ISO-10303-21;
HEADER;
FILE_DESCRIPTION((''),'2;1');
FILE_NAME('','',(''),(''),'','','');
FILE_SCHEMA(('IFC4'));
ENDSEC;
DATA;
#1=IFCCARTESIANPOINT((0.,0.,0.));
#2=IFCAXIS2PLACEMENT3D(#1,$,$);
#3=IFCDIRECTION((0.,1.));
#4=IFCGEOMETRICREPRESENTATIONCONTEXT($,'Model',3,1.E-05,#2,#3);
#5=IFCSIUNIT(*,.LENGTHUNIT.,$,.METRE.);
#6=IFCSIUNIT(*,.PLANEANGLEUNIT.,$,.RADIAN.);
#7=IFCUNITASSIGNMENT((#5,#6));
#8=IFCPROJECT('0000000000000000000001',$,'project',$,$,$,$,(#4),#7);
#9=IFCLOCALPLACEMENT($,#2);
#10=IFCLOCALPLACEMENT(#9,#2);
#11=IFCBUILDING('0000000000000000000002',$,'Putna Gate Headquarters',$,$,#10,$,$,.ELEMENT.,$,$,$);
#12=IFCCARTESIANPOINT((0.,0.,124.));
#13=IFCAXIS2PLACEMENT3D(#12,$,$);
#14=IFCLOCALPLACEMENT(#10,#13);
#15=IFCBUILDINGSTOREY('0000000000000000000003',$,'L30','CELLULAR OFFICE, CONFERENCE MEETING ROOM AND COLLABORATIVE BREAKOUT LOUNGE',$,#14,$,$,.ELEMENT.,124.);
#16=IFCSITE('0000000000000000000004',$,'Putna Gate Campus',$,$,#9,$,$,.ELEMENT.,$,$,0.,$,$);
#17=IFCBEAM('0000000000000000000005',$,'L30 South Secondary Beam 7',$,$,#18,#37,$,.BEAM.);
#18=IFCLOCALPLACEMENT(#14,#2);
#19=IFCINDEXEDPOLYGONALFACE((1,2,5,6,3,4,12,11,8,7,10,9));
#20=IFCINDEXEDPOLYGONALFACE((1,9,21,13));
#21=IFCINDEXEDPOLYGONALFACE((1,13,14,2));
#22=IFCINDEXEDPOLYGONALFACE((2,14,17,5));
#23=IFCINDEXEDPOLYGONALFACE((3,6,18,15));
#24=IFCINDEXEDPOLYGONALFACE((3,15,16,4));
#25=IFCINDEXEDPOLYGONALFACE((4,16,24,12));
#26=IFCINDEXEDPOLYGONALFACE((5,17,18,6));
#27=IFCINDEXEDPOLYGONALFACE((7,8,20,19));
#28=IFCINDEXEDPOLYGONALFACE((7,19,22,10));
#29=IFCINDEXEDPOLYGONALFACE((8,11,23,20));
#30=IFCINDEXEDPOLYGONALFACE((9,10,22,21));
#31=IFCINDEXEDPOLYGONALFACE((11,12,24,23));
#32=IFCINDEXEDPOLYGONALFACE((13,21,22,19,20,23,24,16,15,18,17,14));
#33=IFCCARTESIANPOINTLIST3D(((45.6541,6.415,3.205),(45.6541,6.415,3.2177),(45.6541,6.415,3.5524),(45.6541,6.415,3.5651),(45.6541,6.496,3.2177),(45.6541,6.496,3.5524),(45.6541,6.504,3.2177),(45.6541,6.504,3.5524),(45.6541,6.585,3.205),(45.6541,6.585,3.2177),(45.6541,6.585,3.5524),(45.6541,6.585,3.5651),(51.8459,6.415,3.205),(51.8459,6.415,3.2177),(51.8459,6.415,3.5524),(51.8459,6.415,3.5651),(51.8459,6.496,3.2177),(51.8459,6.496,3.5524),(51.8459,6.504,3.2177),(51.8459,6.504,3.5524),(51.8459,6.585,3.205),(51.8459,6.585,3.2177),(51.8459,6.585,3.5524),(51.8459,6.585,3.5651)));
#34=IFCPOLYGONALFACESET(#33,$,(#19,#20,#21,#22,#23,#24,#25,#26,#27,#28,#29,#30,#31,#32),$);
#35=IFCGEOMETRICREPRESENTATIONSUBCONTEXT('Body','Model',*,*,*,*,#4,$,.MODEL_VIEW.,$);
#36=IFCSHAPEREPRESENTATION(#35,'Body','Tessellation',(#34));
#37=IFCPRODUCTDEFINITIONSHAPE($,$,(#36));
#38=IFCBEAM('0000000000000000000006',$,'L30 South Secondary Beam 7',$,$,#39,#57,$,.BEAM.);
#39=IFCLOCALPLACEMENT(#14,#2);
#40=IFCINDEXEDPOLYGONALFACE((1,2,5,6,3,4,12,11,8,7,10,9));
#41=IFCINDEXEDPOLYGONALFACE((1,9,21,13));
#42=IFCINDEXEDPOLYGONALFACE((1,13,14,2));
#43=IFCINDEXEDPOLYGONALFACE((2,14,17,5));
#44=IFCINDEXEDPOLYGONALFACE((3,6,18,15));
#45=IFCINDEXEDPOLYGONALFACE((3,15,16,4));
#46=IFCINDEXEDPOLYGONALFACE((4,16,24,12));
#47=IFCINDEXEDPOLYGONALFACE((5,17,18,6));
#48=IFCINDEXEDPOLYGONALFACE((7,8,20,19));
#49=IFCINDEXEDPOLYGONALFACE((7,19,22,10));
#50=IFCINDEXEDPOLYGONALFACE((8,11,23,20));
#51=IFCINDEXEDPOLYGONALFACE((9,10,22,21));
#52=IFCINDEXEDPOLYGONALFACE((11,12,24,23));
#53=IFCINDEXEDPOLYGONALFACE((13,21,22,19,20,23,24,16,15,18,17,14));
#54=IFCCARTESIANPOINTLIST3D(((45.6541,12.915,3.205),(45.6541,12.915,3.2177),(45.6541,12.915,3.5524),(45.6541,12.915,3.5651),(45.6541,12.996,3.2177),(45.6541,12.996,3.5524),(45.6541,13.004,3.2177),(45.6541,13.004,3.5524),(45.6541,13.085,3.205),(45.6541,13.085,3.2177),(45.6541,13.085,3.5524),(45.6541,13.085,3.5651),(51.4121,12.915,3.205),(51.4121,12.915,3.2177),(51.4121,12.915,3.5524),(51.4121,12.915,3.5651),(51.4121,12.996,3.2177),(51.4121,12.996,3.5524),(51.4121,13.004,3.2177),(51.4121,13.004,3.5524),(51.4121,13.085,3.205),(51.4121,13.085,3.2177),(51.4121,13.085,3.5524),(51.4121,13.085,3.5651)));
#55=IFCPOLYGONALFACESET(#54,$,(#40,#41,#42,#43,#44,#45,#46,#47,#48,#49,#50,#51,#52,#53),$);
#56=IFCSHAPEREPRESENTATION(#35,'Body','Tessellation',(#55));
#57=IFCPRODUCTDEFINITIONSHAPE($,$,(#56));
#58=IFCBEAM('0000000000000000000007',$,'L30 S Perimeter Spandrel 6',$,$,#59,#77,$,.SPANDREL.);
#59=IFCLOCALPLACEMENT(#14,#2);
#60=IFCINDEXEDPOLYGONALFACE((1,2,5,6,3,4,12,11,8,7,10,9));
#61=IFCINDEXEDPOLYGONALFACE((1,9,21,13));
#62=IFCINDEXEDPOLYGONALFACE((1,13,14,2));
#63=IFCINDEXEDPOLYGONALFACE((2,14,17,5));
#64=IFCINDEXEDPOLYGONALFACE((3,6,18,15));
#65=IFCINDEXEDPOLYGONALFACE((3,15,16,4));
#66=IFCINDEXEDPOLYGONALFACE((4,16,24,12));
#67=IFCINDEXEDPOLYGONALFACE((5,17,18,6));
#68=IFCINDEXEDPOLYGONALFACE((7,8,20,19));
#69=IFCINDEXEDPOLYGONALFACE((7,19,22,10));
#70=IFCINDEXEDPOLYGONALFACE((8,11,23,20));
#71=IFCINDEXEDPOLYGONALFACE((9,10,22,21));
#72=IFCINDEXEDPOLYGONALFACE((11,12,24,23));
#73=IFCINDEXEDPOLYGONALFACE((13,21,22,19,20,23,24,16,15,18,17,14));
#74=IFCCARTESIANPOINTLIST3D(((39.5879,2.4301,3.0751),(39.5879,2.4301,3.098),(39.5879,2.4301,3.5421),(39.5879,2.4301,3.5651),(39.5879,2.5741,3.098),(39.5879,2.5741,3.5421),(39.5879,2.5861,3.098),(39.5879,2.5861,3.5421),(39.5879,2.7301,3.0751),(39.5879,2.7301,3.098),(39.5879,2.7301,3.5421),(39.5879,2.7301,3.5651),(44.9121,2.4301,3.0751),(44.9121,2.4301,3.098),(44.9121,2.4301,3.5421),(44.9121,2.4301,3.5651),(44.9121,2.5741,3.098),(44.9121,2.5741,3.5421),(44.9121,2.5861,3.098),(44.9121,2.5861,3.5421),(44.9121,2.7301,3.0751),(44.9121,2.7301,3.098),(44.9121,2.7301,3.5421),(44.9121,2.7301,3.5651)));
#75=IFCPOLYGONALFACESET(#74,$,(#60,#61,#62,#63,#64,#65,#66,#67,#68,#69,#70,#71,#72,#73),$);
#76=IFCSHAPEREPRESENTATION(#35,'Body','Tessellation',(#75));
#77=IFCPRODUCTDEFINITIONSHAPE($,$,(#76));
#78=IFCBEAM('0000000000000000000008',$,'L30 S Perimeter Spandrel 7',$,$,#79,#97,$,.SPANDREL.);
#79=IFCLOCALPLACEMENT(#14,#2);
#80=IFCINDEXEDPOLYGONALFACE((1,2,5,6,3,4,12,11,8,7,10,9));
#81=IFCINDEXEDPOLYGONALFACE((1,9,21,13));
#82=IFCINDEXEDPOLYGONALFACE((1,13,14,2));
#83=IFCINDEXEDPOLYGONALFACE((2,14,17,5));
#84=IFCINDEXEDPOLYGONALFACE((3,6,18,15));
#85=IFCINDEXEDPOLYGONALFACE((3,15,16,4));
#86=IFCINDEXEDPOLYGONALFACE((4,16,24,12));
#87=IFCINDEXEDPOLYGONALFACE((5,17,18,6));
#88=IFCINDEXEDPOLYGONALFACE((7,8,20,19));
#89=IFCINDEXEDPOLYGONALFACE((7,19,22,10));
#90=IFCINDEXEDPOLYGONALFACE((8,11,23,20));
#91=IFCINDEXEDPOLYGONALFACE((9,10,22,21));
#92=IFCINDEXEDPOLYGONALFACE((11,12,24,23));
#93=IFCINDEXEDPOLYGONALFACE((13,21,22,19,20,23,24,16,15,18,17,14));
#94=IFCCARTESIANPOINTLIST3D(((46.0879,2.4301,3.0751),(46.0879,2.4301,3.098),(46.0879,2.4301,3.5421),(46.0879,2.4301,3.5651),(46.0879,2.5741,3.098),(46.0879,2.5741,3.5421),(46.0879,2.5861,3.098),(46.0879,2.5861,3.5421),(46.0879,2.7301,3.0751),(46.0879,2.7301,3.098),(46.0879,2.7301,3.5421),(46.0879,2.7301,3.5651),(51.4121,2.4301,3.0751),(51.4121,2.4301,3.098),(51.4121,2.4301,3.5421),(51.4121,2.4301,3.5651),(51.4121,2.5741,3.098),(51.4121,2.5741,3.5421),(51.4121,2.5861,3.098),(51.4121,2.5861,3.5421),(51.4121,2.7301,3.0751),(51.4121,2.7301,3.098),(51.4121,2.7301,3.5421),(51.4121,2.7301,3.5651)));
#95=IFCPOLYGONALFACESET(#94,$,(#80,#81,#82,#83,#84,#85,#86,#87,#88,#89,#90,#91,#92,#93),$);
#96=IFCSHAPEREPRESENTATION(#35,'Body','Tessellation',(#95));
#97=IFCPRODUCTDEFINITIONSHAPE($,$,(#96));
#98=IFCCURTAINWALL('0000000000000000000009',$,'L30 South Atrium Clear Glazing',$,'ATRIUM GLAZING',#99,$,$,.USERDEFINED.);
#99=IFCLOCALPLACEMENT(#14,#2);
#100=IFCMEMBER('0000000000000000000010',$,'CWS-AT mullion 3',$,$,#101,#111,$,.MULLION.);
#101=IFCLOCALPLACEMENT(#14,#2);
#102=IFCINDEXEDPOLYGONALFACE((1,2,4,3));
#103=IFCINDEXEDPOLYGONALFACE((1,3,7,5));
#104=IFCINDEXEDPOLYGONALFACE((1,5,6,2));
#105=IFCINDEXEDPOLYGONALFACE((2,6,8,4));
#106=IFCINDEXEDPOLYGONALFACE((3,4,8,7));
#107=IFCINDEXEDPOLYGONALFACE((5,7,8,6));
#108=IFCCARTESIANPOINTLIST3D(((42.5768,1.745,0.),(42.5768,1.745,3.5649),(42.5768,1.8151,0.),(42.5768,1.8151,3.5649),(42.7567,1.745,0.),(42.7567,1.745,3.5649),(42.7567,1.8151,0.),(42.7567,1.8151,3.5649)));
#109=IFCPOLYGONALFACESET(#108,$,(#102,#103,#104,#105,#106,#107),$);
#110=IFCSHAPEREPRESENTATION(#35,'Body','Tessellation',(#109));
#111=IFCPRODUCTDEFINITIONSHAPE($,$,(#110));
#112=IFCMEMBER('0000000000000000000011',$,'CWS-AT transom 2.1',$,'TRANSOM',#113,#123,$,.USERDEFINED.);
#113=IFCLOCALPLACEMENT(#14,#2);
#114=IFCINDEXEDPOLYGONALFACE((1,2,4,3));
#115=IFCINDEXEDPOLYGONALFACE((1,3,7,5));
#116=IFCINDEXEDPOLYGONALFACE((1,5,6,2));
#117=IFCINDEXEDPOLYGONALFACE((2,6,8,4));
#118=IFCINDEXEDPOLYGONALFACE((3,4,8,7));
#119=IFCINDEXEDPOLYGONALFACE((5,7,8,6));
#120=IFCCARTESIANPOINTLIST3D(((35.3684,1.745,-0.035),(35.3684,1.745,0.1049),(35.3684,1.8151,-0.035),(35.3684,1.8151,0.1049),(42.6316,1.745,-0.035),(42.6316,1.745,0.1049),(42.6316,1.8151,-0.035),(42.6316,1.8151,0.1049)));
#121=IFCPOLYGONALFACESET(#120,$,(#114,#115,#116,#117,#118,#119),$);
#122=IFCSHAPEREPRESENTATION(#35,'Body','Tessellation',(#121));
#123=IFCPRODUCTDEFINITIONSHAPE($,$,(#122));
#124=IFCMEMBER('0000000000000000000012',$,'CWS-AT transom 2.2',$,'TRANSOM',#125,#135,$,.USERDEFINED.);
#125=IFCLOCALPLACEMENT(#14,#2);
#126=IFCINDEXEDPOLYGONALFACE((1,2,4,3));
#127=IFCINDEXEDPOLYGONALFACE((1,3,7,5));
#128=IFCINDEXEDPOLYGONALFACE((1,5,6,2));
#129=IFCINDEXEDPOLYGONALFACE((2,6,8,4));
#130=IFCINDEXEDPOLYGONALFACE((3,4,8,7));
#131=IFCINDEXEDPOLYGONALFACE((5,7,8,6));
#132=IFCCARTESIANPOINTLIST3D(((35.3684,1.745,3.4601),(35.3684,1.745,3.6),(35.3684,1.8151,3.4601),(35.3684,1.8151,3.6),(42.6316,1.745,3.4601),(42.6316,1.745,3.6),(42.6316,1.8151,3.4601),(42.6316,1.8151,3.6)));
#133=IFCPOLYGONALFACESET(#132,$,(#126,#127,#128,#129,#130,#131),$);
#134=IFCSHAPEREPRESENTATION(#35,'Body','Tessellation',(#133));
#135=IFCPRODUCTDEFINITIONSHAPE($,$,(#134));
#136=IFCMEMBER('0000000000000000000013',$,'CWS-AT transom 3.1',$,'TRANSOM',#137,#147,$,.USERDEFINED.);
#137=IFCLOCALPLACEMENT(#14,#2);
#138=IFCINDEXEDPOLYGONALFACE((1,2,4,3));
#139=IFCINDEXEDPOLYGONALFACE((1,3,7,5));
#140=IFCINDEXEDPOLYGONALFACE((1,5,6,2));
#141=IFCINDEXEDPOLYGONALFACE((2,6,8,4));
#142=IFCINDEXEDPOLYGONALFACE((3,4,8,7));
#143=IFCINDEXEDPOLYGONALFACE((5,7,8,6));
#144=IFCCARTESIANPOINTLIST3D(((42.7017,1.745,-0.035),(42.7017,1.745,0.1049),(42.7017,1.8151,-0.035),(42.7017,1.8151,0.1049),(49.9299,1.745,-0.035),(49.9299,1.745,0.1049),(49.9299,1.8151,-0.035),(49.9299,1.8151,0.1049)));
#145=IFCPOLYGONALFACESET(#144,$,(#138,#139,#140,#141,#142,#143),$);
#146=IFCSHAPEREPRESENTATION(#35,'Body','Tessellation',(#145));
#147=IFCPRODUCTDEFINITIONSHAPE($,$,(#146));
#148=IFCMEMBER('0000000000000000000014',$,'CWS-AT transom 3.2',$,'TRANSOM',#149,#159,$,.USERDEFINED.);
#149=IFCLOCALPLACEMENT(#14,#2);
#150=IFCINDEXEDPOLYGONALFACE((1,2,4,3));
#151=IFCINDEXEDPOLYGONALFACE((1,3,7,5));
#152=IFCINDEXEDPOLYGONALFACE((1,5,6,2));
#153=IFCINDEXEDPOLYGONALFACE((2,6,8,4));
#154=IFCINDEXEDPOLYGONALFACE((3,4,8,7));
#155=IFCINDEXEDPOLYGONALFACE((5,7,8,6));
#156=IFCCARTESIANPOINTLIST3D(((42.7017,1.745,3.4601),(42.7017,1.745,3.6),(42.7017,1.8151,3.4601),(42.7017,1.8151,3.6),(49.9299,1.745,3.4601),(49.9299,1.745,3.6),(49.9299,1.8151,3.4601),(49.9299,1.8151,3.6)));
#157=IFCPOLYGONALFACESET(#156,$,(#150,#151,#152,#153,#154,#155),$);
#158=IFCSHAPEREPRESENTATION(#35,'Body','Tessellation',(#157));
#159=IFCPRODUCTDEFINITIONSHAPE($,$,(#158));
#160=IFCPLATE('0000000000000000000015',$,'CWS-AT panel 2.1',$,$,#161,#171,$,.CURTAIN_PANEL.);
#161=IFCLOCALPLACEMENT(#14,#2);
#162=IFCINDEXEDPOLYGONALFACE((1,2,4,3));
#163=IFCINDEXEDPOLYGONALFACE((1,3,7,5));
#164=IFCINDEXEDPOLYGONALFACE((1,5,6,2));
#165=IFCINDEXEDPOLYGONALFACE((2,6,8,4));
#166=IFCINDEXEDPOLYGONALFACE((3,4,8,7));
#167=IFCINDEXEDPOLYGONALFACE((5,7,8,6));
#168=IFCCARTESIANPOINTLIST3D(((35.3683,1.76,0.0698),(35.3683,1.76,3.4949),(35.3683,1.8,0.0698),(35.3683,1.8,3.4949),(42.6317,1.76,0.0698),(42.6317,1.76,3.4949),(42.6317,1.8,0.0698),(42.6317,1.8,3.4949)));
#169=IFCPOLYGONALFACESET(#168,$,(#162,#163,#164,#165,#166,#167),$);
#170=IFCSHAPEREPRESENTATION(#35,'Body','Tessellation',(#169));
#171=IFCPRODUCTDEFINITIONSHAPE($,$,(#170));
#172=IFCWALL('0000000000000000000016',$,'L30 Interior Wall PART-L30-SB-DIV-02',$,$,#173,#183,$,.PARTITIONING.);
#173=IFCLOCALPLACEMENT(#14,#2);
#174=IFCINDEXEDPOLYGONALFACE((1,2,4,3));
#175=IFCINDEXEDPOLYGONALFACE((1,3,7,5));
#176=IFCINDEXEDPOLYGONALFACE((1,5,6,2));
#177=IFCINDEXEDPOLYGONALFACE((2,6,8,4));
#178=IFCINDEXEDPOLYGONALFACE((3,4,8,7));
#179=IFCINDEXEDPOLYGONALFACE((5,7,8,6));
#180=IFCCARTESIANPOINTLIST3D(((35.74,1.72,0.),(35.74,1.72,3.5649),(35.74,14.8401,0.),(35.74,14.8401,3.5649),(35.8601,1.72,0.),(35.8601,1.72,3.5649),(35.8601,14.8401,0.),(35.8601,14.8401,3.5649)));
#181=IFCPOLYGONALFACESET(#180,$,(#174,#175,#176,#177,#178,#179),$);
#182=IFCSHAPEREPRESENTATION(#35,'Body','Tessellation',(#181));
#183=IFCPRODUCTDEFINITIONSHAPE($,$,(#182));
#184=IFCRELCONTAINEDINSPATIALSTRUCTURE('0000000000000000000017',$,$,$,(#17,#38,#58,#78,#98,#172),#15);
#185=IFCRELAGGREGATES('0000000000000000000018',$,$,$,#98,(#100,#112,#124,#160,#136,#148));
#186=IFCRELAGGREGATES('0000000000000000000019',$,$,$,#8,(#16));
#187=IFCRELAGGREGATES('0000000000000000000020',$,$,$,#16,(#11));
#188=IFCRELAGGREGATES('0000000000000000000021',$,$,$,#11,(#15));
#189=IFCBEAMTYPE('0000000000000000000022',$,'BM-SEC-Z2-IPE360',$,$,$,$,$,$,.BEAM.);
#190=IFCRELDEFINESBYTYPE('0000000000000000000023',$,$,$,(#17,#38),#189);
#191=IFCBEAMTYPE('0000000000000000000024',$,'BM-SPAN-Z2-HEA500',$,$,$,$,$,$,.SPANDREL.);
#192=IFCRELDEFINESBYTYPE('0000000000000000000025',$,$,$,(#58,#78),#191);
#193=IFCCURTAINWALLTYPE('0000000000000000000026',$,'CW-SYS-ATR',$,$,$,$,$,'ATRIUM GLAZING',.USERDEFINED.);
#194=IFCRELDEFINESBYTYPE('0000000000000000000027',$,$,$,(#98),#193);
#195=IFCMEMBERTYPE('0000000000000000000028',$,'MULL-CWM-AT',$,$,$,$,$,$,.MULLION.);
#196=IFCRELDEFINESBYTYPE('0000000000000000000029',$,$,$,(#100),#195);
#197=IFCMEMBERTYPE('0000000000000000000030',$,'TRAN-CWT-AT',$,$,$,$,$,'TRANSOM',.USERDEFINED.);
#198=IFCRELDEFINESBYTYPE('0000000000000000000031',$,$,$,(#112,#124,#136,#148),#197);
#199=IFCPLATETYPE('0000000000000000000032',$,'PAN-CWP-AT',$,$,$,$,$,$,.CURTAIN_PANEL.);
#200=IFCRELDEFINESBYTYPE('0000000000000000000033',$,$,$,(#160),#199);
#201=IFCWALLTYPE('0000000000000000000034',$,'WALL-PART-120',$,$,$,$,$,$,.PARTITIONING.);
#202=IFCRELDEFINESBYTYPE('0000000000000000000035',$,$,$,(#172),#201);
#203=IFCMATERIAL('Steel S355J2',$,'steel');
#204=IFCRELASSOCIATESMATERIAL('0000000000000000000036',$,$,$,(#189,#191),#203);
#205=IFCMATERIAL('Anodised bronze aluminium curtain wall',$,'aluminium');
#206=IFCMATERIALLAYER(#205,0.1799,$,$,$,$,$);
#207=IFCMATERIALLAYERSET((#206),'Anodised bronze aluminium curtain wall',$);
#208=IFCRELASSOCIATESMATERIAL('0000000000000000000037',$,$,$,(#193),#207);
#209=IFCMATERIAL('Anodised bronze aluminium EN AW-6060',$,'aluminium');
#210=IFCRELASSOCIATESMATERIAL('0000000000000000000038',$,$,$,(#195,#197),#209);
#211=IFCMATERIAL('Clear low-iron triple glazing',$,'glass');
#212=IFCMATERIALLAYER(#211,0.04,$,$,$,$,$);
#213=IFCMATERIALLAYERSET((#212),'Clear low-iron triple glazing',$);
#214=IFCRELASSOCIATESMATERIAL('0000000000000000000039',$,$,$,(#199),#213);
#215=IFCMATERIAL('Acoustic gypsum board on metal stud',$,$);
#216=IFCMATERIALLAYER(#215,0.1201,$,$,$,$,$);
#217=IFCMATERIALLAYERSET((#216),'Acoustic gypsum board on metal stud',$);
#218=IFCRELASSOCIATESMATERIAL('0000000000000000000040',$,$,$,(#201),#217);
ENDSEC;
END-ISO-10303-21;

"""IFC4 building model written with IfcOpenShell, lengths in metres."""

from ifc_helpers import new_model, si_unit, direction, frame, frame_2d, origin, origin_2d, place, context, subcontext, project, spatial, rectangle, i_section, extrude, material, layer, layer_set, material_profile, profile_set, type_object, element, aggregate, save


model = new_model("IFC4")

# Units and contexts
model_context = context("Model", 3, precision=1e-05, world=origin(), true_north=direction((0.0, 1.0)))
body_context = subcontext(model_context, "Body", "Model", "MODEL_VIEW")
ifc_project = project(units=[si_unit("LENGTHUNIT", "METRE"), si_unit("PLANEANGLEUNIT", "RADIAN")], contexts=[model_context])

# Site, building, storey
site_placement = place(None, origin())
site = spatial("IfcSite", under=ifc_project, at=site_placement, Name="Putna Gate Campus", CompositionType="ELEMENT", RefElevation=0.0)
building_placement = place(site_placement, origin())
building = spatial("IfcBuilding", under=site, at=building_placement, Name="Putna Gate Headquarters", CompositionType="ELEMENT")
storey_placement = place(building_placement, frame((0.0, 0.0, 124.0)))
storey = spatial("IfcBuildingStorey", under=building, at=storey_placement, Name="L30", Description="CELLULAR OFFICE, CONFERENCE MEETING ROOM AND COLLABORATIVE BREAKOUT LOUNGE", CompositionType="ELEMENT", Elevation=124.0)

# Beams
ifc_material_1 = material(Name="Steel S355J2", Category="steel")
ifc_material_profile_1 = material_profile(ifc_material_1, i_section(OverallWidth=0.1699, OverallDepth=0.3601, WebThickness=0.0081, FlangeThickness=0.0127, at=origin_2d()), Name="Steel S355J2")
ifc_profile_set_1 = profile_set([ifc_material_profile_1], Name="Steel S355J2")
beam_type_1 = type_object("IfcBeamType", Name="BM-SEC-Z2-IPE360", PredefinedType="BEAM", material=ifc_profile_set_1)
for number, where, z_axis, x_axis, name in (
    (1, (45.6541, 6.5, 3.385), (1.0, 0.0, 0.0), (0.0, 1.0, 0.0), "L30 South Secondary Beam 7"),
):
    element("IfcBeam", number, at=place(storey_placement, frame(where, z_axis=z_axis, x_axis=x_axis)), inside=storey, type_object=beam_type_1, Name=name, PredefinedType="BEAM", context=body_context, shape_type="SweptSolid", body=[
        extrude(i_section(OverallWidth=0.1699, OverallDepth=0.3601, WebThickness=0.0081, FlangeThickness=0.0127, at=origin_2d()), origin(), (0.0, 0.0, 1.0), 6.1919),
    ])
beam_1_placement = place(storey_placement, frame((45.6541, 13.0, 3.385), z_axis=(1.0, 0.0, 0.0), x_axis=(0.0, 1.0, 0.0)))
element("IfcBeam", 2, at=beam_1_placement, inside=storey, type_object=beam_type_1, Name="L30 South Secondary Beam 7", PredefinedType="BEAM", context=body_context, shape_type="SweptSolid", body=[
    extrude(i_section(OverallWidth=0.1699, OverallDepth=0.3601, WebThickness=0.0081, FlangeThickness=0.0127, at=origin_2d()), origin(), (0.0, 0.0, 1.0), 5.7581),
])
ifc_material_profile_2 = material_profile(ifc_material_1, i_section(OverallWidth=0.3, OverallDepth=0.49, WebThickness=0.012, FlangeThickness=0.0229, at=origin_2d()), Name="Steel S355J2")
ifc_profile_set_2 = profile_set([ifc_material_profile_2], Name="Steel S355J2")
beam_type_2 = type_object("IfcBeamType", Name="BM-SPAN-Z2-HEA500", PredefinedType="SPANDREL", material=ifc_profile_set_2)
for number, where, z_axis, x_axis, name in (
    (3, (39.5879, 2.5801, 3.3201), (1.0, 0.0, 0.0), (0.0, 1.0, 0.0), "L30 S Perimeter Spandrel 6"),
    (4, (46.0879, 2.5801, 3.3201), (1.0, 0.0, 0.0), (0.0, 1.0, 0.0), "L30 S Perimeter Spandrel 7"),
):
    element("IfcBeam", number, at=place(storey_placement, frame(where, z_axis=z_axis, x_axis=x_axis)), inside=storey, type_object=beam_type_2, Name=name, PredefinedType="SPANDREL", context=body_context, shape_type="SweptSolid", body=[
        extrude(i_section(OverallWidth=0.3, OverallDepth=0.49, WebThickness=0.012, FlangeThickness=0.0229, at=origin_2d()), origin(), (0.0, 0.0, 1.0), 5.3242),
    ])

# Curtain wall, members, plate
ifc_material_2 = material(Name="Anodised bronze aluminium curtain wall", Category="aluminium")
ifc_layer_1 = layer(ifc_material_2, 0.1799)
ifc_layer_set_1 = layer_set([ifc_layer_1], Name="Anodised bronze aluminium curtain wall")
curtain_wall_type = type_object("IfcCurtainWallType", Name="CW-SYS-ATR", ElementType="ATRIUM GLAZING", PredefinedType="USERDEFINED", material=ifc_layer_set_1)
curtain_wall_placement = place(storey_placement, origin())
curtain_wall = element("IfcCurtainWall", 5, at=curtain_wall_placement, inside=storey, type_object=curtain_wall_type, Name="L30 South Atrium Clear Glazing", ObjectType="ATRIUM GLAZING", PredefinedType="USERDEFINED")
ifc_material_3 = material(Name="Anodised bronze aluminium EN AW-6060", Category="aluminium")
ifc_material_profile_3 = material_profile(ifc_material_3, rectangle(XDim=0.0701, YDim=0.1799, at=origin_2d()), Name="Anodised bronze aluminium EN AW-6060")
ifc_profile_set_3 = profile_set([ifc_material_profile_3], Name="Anodised bronze aluminium EN AW-6060")
member_type_1 = type_object("IfcMemberType", Name="MULL-CWM-AT", PredefinedType="MULLION", material=ifc_profile_set_3)
member_1_placement = place(storey_placement, frame((42.6667, 1.78, 0.0), z_axis=(0.0, 0.0, 1.0), x_axis=(0.0, 1.0, 0.0)))
member_1 = element("IfcMember", 6, at=member_1_placement, type_object=member_type_1, Name="CWS-AT mullion 3", PredefinedType="MULLION", context=body_context, shape_type="SweptSolid", body=[
    extrude(rectangle(XDim=0.0701, YDim=0.1799, at=origin_2d()), origin(), (0.0, 0.0, 1.0), 3.5649),
])
ifc_material_profile_4 = material_profile(ifc_material_3, rectangle(XDim=0.0701, YDim=0.1399, at=origin_2d()), Name="Anodised bronze aluminium EN AW-6060")
ifc_profile_set_4 = profile_set([ifc_material_profile_4], Name="Anodised bronze aluminium EN AW-6060")
member_type_2 = type_object("IfcMemberType", Name="TRAN-CWT-AT", ElementType="TRANSOM", PredefinedType="USERDEFINED", material=ifc_profile_set_4)
member_2_placement = place(storey_placement, frame((35.3684, 1.78, 0.0349), z_axis=(1.0, 0.0, 0.0), x_axis=(0.0, 1.0, 0.0)))
member_2 = element("IfcMember", 7, at=member_2_placement, type_object=member_type_2, Name="CWS-AT transom 2.1", ObjectType="TRANSOM", PredefinedType="USERDEFINED", context=body_context, shape_type="SweptSolid", body=[
    extrude(rectangle(XDim=0.0701, YDim=0.1399, at=origin_2d()), origin(), (0.0, 0.0, 1.0), 7.2632),
])
member_3_placement = place(storey_placement, frame((35.3684, 1.78, 3.53), z_axis=(1.0, 0.0, 0.0), x_axis=(0.0, 1.0, 0.0)))
member_3 = element("IfcMember", 8, at=member_3_placement, type_object=member_type_2, Name="CWS-AT transom 2.2", ObjectType="TRANSOM", PredefinedType="USERDEFINED", context=body_context, shape_type="SweptSolid", body=[
    extrude(rectangle(XDim=0.0701, YDim=0.1399, at=origin_2d()), origin(), (0.0, 0.0, 1.0), 7.2632),
])
member_4_placement = place(storey_placement, frame((42.7017, 1.78, 0.0349), z_axis=(1.0, 0.0, 0.0), x_axis=(0.0, 1.0, 0.0)))
member_4 = element("IfcMember", 9, at=member_4_placement, type_object=member_type_2, Name="CWS-AT transom 3.1", ObjectType="TRANSOM", PredefinedType="USERDEFINED", context=body_context, shape_type="SweptSolid", body=[
    extrude(rectangle(XDim=0.0701, YDim=0.1399, at=origin_2d()), origin(), (0.0, 0.0, 1.0), 7.2283),
])
member_5_placement = place(storey_placement, frame((42.7017, 1.78, 3.53), z_axis=(1.0, 0.0, 0.0), x_axis=(0.0, 1.0, 0.0)))
member_5 = element("IfcMember", 10, at=member_5_placement, type_object=member_type_2, Name="CWS-AT transom 3.2", ObjectType="TRANSOM", PredefinedType="USERDEFINED", context=body_context, shape_type="SweptSolid", body=[
    extrude(rectangle(XDim=0.0701, YDim=0.1399, at=origin_2d()), origin(), (0.0, 0.0, 1.0), 7.2283),
])
ifc_material_4 = material(Name="Clear low-iron triple glazing", Category="glass")
ifc_layer_2 = layer(ifc_material_4, 0.04)
ifc_layer_set_2 = layer_set([ifc_layer_2], Name="Clear low-iron triple glazing")
plate_type = type_object("IfcPlateType", Name="PAN-CWP-AT", PredefinedType="CURTAIN_PANEL", material=ifc_layer_set_2)
plate_placement = place(storey_placement, frame((39.0, 1.78, 0.0698), z_axis=(0.0, 0.0, 1.0), x_axis=(1.0, 0.0, 0.0)))
plate = element("IfcPlate", 11, at=plate_placement, type_object=plate_type, Name="CWS-AT panel 2.1", PredefinedType="CURTAIN_PANEL", context=body_context, shape_type="SweptSolid", body=[
    extrude(rectangle(XDim=7.2634, YDim=0.04, at=origin_2d()), origin(), (0.0, 0.0, 1.0), 3.425),
])
aggregate(curtain_wall, [member_1, member_2, member_3, plate, member_4, member_5])

# Wall
ifc_material_5 = material(Name="Acoustic gypsum board on metal stud")
ifc_layer_3 = layer(ifc_material_5, 0.1201)
ifc_layer_set_3 = layer_set([ifc_layer_3], Name="Acoustic gypsum board on metal stud")
wall_type_1 = type_object("IfcWallType", Name="WALL-PART-120", PredefinedType="PARTITIONING", material=ifc_layer_set_3)
for number, where, z_axis, x_axis, name in (
    (12, (35.8, 1.72, 0.0), (0.0, 0.0, 1.0), (0.0, 1.0, 0.0), "L30 Interior Wall PART-L30-SB-DIV-02"),
):
    element("IfcWall", number, at=place(storey_placement, frame(where, z_axis=z_axis, x_axis=x_axis)), inside=storey, type_object=wall_type_1, Name=name, PredefinedType="PARTITIONING", context=body_context, shape_type="SweptSolid", body=[
        extrude(rectangle(XDim=13.1201, YDim=0.1201, at=frame_2d((6.5601, 0.0))), origin(), (0.0, 0.0, 1.0), 3.5649),
    ])

save(model, "model.ifc")
